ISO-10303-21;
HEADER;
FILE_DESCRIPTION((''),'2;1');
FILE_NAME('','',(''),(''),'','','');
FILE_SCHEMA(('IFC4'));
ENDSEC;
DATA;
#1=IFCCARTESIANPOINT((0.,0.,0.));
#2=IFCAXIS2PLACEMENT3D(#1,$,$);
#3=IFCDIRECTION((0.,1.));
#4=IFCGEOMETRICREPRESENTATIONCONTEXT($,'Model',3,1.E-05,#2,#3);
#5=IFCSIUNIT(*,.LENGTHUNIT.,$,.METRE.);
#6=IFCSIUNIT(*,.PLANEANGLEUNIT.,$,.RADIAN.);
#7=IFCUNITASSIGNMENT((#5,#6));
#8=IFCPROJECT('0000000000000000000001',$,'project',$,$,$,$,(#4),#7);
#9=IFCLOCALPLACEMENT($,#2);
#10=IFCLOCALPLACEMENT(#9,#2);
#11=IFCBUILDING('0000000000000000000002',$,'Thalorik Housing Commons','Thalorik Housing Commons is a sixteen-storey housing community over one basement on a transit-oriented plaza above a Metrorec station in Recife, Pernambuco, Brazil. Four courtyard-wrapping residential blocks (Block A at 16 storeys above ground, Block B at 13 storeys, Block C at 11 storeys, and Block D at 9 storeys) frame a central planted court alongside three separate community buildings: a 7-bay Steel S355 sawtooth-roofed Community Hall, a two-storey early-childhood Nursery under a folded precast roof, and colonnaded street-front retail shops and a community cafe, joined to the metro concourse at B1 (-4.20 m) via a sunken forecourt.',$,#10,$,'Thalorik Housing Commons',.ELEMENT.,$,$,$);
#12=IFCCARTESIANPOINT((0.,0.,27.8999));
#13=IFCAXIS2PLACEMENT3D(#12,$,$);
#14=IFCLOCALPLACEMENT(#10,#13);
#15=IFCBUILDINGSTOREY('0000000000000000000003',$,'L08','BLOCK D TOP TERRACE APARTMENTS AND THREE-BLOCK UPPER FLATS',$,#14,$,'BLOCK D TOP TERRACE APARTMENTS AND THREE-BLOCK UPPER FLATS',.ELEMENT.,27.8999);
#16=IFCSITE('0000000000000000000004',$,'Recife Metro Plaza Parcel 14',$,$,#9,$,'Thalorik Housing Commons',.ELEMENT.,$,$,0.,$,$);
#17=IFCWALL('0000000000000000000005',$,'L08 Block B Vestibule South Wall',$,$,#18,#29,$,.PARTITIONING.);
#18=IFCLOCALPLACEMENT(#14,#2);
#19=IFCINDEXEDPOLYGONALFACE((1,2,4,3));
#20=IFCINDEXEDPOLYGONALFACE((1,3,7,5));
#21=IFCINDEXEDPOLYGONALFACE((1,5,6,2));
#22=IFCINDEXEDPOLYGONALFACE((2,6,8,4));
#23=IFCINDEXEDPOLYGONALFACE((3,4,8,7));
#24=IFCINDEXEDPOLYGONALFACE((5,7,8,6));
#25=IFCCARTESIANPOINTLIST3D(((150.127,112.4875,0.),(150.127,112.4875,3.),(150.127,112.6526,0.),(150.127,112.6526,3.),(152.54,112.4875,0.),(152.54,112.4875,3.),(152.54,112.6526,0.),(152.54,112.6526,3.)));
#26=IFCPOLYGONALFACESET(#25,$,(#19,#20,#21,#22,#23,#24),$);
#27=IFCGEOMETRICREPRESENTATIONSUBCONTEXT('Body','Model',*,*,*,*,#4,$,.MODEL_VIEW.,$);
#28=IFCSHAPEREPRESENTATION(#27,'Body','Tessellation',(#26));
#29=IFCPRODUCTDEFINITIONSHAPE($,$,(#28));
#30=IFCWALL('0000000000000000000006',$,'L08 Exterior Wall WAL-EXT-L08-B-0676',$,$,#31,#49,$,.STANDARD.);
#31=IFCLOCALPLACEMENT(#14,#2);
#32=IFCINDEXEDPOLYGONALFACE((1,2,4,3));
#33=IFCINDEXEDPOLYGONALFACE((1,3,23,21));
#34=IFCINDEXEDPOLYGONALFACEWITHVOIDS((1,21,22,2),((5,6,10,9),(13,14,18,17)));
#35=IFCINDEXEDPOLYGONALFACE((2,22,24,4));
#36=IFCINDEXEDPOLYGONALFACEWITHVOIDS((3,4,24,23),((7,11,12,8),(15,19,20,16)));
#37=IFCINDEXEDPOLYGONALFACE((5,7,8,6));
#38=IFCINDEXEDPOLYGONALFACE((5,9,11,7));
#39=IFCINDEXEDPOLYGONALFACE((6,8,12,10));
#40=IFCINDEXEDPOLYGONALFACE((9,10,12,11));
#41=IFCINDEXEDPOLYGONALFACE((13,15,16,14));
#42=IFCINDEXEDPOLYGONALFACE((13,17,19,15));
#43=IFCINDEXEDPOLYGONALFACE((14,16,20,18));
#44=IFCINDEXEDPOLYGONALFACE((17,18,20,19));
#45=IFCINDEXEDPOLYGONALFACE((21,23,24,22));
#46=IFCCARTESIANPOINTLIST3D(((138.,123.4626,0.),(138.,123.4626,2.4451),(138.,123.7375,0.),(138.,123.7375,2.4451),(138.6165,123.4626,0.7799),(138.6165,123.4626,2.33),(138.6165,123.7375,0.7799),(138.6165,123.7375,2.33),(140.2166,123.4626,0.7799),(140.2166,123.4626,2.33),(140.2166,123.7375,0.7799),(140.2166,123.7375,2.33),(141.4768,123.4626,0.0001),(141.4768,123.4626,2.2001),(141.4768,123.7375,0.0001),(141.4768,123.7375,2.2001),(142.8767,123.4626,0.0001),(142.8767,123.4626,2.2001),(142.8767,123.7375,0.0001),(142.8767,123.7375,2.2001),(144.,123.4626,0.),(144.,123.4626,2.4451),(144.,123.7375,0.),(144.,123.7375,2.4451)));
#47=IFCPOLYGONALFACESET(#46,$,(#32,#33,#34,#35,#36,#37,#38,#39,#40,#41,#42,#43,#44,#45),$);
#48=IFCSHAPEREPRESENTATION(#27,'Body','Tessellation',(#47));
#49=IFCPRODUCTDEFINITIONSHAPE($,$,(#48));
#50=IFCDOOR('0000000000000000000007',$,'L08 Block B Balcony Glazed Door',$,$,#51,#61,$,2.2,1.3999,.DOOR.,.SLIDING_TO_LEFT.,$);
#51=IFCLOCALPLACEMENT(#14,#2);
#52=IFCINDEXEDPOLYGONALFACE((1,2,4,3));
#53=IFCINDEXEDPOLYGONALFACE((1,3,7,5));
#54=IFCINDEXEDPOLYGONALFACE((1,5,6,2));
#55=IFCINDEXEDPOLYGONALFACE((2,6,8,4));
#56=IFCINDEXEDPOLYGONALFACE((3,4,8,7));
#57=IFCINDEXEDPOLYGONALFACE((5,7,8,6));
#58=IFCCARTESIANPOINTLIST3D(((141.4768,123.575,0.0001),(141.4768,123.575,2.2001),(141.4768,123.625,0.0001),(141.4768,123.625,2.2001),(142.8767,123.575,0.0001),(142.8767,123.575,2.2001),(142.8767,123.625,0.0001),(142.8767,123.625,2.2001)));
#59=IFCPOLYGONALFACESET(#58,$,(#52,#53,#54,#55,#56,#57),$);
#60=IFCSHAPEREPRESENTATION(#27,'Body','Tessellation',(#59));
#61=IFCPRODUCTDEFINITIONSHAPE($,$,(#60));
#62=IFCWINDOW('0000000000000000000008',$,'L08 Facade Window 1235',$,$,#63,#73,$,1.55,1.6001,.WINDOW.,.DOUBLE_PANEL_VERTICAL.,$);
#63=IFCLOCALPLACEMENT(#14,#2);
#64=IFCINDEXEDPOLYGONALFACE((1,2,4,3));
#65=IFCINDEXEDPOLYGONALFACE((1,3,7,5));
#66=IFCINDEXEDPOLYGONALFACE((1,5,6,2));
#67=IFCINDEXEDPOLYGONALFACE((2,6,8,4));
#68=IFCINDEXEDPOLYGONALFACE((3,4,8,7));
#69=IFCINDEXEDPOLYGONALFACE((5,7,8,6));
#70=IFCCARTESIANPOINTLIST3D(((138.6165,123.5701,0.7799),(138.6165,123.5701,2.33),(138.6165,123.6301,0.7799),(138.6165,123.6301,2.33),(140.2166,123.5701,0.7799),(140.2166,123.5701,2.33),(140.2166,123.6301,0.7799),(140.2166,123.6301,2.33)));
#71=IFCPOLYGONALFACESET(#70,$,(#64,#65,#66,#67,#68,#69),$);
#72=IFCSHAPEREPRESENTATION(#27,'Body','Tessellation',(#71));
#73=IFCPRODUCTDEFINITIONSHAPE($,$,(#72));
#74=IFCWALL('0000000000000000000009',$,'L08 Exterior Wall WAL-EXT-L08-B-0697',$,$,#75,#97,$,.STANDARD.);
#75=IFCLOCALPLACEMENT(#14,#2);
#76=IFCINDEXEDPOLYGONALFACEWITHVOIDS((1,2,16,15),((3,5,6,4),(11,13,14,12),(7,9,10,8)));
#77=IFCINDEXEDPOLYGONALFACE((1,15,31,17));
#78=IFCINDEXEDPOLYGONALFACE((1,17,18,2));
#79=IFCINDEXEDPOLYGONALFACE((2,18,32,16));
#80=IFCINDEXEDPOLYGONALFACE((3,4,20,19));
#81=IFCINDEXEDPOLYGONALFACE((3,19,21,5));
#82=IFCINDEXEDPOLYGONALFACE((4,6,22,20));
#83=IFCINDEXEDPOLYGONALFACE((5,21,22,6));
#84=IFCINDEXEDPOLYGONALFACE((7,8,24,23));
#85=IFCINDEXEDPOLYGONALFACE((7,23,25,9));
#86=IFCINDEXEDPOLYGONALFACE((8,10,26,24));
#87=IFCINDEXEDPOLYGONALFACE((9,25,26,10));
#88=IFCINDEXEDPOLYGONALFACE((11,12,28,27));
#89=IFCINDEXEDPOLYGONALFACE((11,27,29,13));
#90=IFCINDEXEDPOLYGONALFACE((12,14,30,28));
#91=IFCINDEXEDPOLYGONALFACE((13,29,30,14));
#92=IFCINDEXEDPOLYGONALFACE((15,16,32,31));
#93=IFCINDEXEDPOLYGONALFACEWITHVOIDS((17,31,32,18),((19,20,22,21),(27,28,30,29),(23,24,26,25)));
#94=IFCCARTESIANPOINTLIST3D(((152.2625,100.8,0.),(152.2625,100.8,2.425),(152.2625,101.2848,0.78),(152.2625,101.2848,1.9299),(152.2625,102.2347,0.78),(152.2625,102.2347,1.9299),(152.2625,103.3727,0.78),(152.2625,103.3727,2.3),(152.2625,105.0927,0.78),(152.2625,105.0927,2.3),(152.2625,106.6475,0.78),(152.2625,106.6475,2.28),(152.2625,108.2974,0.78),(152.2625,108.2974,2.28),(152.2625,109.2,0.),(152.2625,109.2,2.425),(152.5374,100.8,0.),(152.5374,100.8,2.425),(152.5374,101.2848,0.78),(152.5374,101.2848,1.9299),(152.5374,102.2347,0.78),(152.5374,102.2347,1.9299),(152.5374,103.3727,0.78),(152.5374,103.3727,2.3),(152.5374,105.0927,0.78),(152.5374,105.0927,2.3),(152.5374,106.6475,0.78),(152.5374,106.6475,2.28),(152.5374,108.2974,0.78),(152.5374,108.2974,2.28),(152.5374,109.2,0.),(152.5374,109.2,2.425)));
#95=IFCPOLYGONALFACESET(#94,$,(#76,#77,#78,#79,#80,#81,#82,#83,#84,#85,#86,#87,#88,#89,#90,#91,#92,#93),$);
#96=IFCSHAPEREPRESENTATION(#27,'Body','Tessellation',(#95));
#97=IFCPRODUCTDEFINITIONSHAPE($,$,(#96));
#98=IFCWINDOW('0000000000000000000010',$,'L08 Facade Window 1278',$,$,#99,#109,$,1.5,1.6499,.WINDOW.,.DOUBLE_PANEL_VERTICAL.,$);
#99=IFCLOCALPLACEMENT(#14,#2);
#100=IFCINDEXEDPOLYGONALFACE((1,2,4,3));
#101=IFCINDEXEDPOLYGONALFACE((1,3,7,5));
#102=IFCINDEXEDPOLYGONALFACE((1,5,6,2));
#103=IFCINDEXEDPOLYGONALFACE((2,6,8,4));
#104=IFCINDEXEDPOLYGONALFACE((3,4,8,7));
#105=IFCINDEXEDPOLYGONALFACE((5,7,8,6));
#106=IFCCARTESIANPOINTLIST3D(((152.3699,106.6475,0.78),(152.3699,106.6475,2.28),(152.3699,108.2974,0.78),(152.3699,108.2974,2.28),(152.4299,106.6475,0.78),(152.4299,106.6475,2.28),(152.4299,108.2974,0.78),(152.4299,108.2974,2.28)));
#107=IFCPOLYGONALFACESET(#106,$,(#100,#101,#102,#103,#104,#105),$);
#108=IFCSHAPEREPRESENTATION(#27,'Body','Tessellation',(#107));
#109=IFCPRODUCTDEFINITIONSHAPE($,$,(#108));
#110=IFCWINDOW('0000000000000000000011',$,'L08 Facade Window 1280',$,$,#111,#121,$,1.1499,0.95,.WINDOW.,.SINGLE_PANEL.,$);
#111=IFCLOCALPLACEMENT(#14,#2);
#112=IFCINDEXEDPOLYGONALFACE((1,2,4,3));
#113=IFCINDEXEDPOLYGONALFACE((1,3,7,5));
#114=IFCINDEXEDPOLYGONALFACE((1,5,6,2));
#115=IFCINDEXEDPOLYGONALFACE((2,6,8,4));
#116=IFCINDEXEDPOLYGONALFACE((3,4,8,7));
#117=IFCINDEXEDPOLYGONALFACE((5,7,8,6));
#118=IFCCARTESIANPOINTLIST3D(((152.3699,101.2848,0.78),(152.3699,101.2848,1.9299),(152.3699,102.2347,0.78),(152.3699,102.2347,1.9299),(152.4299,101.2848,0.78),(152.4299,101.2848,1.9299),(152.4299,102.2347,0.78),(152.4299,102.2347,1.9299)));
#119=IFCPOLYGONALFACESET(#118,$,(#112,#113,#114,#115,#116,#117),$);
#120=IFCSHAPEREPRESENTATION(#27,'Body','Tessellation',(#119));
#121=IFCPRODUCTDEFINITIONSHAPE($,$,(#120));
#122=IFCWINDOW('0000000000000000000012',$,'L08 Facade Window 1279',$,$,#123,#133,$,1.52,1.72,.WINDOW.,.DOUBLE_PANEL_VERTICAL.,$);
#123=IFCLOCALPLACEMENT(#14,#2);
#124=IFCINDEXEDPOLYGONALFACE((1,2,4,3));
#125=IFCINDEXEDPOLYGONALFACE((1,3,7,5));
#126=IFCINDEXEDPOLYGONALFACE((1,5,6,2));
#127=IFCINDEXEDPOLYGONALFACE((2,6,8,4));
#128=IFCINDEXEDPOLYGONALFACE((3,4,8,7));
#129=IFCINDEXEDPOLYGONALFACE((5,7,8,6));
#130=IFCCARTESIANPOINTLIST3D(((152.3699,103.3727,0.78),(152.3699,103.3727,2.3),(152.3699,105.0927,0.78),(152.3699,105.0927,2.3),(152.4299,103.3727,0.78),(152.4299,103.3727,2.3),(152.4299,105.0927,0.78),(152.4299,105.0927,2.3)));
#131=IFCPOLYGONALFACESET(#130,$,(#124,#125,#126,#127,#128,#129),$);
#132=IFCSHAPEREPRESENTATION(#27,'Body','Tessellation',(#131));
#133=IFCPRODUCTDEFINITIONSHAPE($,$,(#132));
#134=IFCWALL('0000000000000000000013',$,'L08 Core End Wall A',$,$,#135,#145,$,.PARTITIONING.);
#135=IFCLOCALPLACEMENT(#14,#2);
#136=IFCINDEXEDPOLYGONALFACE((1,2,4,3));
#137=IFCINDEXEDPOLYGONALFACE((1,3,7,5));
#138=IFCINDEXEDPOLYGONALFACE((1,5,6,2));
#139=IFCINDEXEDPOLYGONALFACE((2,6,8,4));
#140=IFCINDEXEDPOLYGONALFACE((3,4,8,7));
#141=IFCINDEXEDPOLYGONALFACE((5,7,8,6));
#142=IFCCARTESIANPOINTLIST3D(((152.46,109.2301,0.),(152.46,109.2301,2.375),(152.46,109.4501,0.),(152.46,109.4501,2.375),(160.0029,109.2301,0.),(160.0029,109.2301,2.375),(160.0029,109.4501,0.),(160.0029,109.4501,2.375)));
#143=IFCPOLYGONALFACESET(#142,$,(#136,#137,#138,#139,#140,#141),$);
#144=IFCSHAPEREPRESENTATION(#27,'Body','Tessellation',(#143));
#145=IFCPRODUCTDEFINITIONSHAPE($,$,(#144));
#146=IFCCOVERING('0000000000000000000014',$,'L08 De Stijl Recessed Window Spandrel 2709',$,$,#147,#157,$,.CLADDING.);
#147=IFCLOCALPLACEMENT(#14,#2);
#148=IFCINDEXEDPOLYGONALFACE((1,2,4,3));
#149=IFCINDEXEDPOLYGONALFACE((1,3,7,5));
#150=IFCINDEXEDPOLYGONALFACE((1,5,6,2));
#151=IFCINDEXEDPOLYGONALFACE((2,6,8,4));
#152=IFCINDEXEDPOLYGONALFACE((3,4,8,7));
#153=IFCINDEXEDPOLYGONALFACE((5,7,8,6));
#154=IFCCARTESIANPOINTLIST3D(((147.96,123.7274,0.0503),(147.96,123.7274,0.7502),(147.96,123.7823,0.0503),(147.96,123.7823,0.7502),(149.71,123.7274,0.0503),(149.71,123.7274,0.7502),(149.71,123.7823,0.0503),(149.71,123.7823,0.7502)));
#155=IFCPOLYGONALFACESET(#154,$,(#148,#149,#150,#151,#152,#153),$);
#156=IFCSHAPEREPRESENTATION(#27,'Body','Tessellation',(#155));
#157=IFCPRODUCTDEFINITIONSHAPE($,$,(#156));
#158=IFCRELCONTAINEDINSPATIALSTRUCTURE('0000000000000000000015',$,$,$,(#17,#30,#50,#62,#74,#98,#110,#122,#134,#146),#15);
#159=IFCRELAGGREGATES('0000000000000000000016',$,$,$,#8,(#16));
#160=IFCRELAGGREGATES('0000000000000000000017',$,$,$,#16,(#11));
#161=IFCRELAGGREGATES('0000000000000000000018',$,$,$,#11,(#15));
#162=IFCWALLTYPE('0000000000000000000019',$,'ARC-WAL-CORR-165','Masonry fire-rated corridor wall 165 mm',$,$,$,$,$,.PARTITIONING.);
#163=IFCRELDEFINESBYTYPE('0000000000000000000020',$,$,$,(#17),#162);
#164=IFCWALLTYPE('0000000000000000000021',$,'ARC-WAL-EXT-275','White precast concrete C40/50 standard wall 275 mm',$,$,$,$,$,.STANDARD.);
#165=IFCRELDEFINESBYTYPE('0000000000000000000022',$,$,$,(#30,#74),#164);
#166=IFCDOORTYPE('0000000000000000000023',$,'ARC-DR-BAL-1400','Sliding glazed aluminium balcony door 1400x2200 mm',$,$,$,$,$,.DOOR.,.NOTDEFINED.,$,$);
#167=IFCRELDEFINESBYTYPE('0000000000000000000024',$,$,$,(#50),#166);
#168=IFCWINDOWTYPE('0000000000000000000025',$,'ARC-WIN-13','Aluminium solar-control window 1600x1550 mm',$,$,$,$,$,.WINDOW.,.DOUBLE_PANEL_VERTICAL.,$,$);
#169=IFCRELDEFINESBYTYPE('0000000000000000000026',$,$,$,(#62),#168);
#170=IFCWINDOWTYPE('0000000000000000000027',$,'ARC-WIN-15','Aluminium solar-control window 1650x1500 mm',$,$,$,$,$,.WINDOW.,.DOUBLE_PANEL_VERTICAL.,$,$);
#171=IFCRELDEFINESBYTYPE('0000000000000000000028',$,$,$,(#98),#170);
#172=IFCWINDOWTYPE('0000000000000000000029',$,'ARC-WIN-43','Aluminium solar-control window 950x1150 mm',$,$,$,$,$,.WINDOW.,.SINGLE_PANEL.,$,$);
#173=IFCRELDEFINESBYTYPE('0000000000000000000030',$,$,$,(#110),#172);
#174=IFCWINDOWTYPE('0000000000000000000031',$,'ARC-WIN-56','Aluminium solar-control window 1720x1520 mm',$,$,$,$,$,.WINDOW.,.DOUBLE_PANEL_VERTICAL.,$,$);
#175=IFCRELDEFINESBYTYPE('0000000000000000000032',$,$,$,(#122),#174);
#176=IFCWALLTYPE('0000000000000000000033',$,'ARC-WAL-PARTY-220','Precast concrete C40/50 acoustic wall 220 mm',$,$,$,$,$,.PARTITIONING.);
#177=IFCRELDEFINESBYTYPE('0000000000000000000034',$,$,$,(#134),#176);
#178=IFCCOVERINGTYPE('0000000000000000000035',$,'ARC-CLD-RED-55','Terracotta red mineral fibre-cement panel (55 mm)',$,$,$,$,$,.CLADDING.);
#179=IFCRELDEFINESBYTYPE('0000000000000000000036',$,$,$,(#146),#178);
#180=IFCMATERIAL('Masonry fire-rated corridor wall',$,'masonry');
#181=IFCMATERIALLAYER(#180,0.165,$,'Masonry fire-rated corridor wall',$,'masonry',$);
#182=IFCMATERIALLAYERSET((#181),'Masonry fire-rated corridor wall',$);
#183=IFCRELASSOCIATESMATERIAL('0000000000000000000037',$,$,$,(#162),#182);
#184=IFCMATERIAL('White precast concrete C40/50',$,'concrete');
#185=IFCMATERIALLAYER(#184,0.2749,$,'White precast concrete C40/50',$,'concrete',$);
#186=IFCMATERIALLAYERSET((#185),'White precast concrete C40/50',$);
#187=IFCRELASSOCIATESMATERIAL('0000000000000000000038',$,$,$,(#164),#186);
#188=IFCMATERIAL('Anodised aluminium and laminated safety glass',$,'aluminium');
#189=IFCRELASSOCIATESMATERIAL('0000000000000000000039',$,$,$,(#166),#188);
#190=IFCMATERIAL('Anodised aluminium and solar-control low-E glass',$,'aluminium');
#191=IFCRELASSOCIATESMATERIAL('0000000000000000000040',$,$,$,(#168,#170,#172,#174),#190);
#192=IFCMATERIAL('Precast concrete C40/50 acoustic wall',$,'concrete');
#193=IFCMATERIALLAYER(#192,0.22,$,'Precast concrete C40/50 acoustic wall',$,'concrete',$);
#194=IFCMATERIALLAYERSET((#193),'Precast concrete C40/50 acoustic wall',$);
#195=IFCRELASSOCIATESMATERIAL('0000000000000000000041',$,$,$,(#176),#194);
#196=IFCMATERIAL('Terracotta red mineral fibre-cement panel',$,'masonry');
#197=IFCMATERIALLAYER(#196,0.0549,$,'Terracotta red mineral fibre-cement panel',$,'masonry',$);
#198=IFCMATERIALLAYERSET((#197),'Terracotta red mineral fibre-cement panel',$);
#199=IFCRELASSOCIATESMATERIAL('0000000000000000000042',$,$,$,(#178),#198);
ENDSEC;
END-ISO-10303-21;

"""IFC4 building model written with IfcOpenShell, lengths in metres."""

from ifc_helpers import new_model, si_unit, direction, frame, frame_2d, origin, origin_2d, place, context, subcontext, project, spatial, rectangle, extrude, material, layer, layer_set, type_object, element, fill, save


model = new_model("IFC4")

# Units and contexts
model_context = context("Model", 3, precision=1e-05, world=origin(), true_north=direction((0.0, 1.0)))
body_context = subcontext(model_context, "Body", "Model", "MODEL_VIEW")
ifc_project = project(units=[si_unit("LENGTHUNIT", "METRE"), si_unit("PLANEANGLEUNIT", "RADIAN")], contexts=[model_context])

# Site, building, storey
site_placement = place(None, origin())
site = spatial("IfcSite", under=ifc_project, at=site_placement, Name="Recife Metro Plaza Parcel 14", LongName="Thalorik Housing Commons", CompositionType="ELEMENT", RefElevation=0.0)
building_placement = place(site_placement, origin())
building = spatial("IfcBuilding", under=site, at=building_placement, Name="Thalorik Housing Commons", Description="Thalorik Housing Commons is a sixteen-storey housing community over one basement on a transit-oriented plaza above a Metrorec station in Recife, Pernambuco, Brazil. Four courtyard-wrapping residential blocks (Block A at 16 storeys above ground, Block B at 13 storeys, Block C at 11 storeys, and Block D at 9 storeys) frame a central planted court alongside three separate community buildings: a 7-bay Steel S355 sawtooth-roofed Community Hall, a two-storey early-childhood Nursery under a folded precast roof, and colonnaded street-front retail shops and a community cafe, joined to the metro concourse at B1 (-4.20 m) via a sunken forecourt.", LongName="Thalorik Housing Commons", CompositionType="ELEMENT")
storey_placement = place(building_placement, frame((0.0, 0.0, 27.8999)))
storey = spatial("IfcBuildingStorey", under=building, at=storey_placement, Name="L08", Description="BLOCK D TOP TERRACE APARTMENTS AND THREE-BLOCK UPPER FLATS", LongName="BLOCK D TOP TERRACE APARTMENTS AND THREE-BLOCK UPPER FLATS", CompositionType="ELEMENT", Elevation=27.8999)

# Wall
ifc_material_1 = material(Name="Masonry fire-rated corridor wall", Category="masonry")
ifc_layer_1 = layer(ifc_material_1, 0.165, Name="Masonry fire-rated corridor wall", Category="masonry")
ifc_layer_set_1 = layer_set([ifc_layer_1], Name="Masonry fire-rated corridor wall")
wall_type_1 = type_object("IfcWallType", Name="ARC-WAL-CORR-165", Description="Masonry fire-rated corridor wall 165 mm", PredefinedType="PARTITIONING", material=ifc_layer_set_1)
wall_1_placement = place(storey_placement, frame((150.127, 112.5701, 0.0), z_axis=(0.0, 0.0, 1.0), x_axis=(1.0, 0.0, 0.0)))
element("IfcWall", 1, at=wall_1_placement, inside=storey, type_object=wall_type_1, Name="L08 Block B Vestibule South Wall", PredefinedType="PARTITIONING", context=body_context, shape_type="SweptSolid", body=[
    extrude(rectangle(XDim=2.4131, YDim=0.165, at=frame_2d((1.2065, 0.0))), origin(), (0.0, 0.0, 1.0), 3.0),
])

# Shared definitions
ifc_material_2 = material(Name="White precast concrete C40/50", Category="concrete")
ifc_layer_2 = layer(ifc_material_2, 0.2749, Name="White precast concrete C40/50", Category="concrete")
ifc_layer_set_2 = layer_set([ifc_layer_2], Name="White precast concrete C40/50")
wall_type_2 = type_object("IfcWallType", Name="ARC-WAL-EXT-275", Description="White precast concrete C40/50 standard wall 275 mm", PredefinedType="STANDARD", material=ifc_layer_set_2)
ifc_material_3 = material(Name="Anodised aluminium and laminated safety glass", Category="aluminium")
ifc_material_4 = material(Name="Anodised aluminium and solar-control low-E glass", Category="aluminium")

# Wall, openings, door, window
wall_2_placement = place(storey_placement, frame((144.0, 123.6001, 0.0), z_axis=(0.0, 0.0, 1.0), x_axis=(-1.0, 0.0, 0.0)))
wall_2 = element("IfcWall", 2, at=wall_2_placement, inside=storey, type_object=wall_type_2, Name="L08 Exterior Wall WAL-EXT-L08-B-0676", PredefinedType="STANDARD", context=body_context, shape_type="SweptSolid", body=[
    extrude(rectangle(XDim=6.0, YDim=0.2749, at=frame_2d((3.0, 0.0))), origin(), (0.0, 0.0, 1.0), 2.4451),
])
opening_1_placement = place(wall_2_placement, frame((1.1233, 0.0, 0.0)))
opening_1 = element("IfcOpeningElement", 3, at=opening_1_placement, cuts=wall_2, PredefinedType="OPENING", context=body_context, shape_type="SweptSolid", body=[
    extrude(rectangle(XDim=1.3999, YDim=2.2, at=frame_2d((0.7, 1.1001))), frame((0.0, 0.1475, 0.0), z_axis=(0.0, -1.0, 0.0), x_axis=(1.0, 0.0, 0.0)), (0.0, 0.0, 1.0), 0.2949),
])
opening_2_placement = place(wall_2_placement, frame((3.7834, 0.0, 0.78)))
opening_2 = element("IfcOpeningElement", 4, at=opening_2_placement, cuts=wall_2, PredefinedType="OPENING", context=body_context, shape_type="SweptSolid", body=[
    extrude(rectangle(XDim=1.6001, YDim=1.55, at=frame_2d((0.8, 0.7749))), frame((0.0, 0.1475, 0.0), z_axis=(0.0, -1.0, 0.0), x_axis=(1.0, 0.0, 0.0)), (0.0, 0.0, 1.0), 0.2949),
])
door_type_1 = type_object("IfcDoorType", Name="ARC-DR-BAL-1400", Description="Sliding glazed aluminium balcony door 1400x2200 mm", OperationType="NOTDEFINED", PredefinedType="DOOR", material=ifc_material_3)
door_1_placement = place(opening_1_placement, frame((1.3999, 0.0, 0.0), z_axis=(0.0, 0.0, 1.0), x_axis=(-1.0, 0.0, 0.0)))
door_1 = element("IfcDoor", 5, at=door_1_placement, inside=storey, type_object=door_type_1, Name="L08 Block B Balcony Glazed Door", OperationType="SLIDING_TO_LEFT", OverallHeight=2.2, OverallWidth=1.3999, PredefinedType="DOOR", context=body_context, shape_type="SweptSolid", body=[
    extrude(rectangle(XDim=1.3999, YDim=2.2, at=frame_2d((0.7, 1.1001))), frame((0.0, 0.0249, 0.0), z_axis=(0.0, -1.0, 0.0), x_axis=(1.0, 0.0, 0.0)), (0.0, 0.0, 1.0), 0.05),
])
fill(opening_1, door_1)
window_type_1 = type_object("IfcWindowType", Name="ARC-WIN-13", Description="Aluminium solar-control window 1600x1550 mm", PartitioningType="DOUBLE_PANEL_VERTICAL", PredefinedType="WINDOW", material=ifc_material_4)
window_1_placement = place(opening_2_placement, origin())
window_1 = element("IfcWindow", 6, at=window_1_placement, inside=storey, type_object=window_type_1, Name="L08 Facade Window 1235", OverallHeight=1.55, OverallWidth=1.6001, PartitioningType="DOUBLE_PANEL_VERTICAL", PredefinedType="WINDOW", context=body_context, shape_type="SweptSolid", body=[
    extrude(rectangle(XDim=1.6001, YDim=1.55, at=frame_2d((0.8, 0.7749))), frame((0.0, 0.03, 0.0), z_axis=(0.0, -1.0, 0.0), x_axis=(1.0, 0.0, 0.0)), (0.0, 0.0, 1.0), 0.0601),
])
fill(opening_2, window_1)

# Wall, openings, windows
wall_3_placement = place(storey_placement, frame((152.3999, 109.2, 0.0), z_axis=(0.0, 0.0, 1.0), x_axis=(0.0, -1.0, 0.0)))
wall_3 = element("IfcWall", 7, at=wall_3_placement, inside=storey, type_object=wall_type_2, Name="L08 Exterior Wall WAL-EXT-L08-B-0697", PredefinedType="STANDARD", context=body_context, shape_type="SweptSolid", body=[
    extrude(rectangle(XDim=8.3999, YDim=0.2749, at=frame_2d((4.2, 0.0))), origin(), (0.0, 0.0, 1.0), 2.425),
])
opening_3_placement = place(wall_3_placement, frame((0.9026, 0.0, 0.78)))
opening_3 = element("IfcOpeningElement", 8, at=opening_3_placement, cuts=wall_3, PredefinedType="OPENING", context=body_context, shape_type="SweptSolid", body=[
    extrude(rectangle(XDim=1.6499, YDim=1.5, at=frame_2d((0.825, 0.75))), frame((0.0, 0.1475, 0.0), z_axis=(0.0, -1.0, 0.0), x_axis=(1.0, 0.0, 0.0)), (0.0, 0.0, 1.0), 0.2949),
])
opening_4_placement = place(wall_3_placement, frame((4.1074, 0.0, 0.78)))
opening_4 = element("IfcOpeningElement", 9, at=opening_4_placement, cuts=wall_3, PredefinedType="OPENING", context=body_context, shape_type="SweptSolid", body=[
    extrude(rectangle(XDim=1.72, YDim=1.52, at=frame_2d((0.8599, 0.76))), frame((0.0, 0.1475, 0.0), z_axis=(0.0, -1.0, 0.0), x_axis=(1.0, 0.0, 0.0)), (0.0, 0.0, 1.0), 0.2949),
])
opening_5_placement = place(wall_3_placement, frame((6.9651, 0.0, 0.78)))
opening_5 = element("IfcOpeningElement", 10, at=opening_5_placement, cuts=wall_3, PredefinedType="OPENING", context=body_context, shape_type="SweptSolid", body=[
    extrude(rectangle(XDim=0.95, YDim=1.1499, at=frame_2d((0.4751, 0.575))), frame((0.0, 0.1475, 0.0), z_axis=(0.0, -1.0, 0.0), x_axis=(1.0, 0.0, 0.0)), (0.0, 0.0, 1.0), 0.2949),
])
window_type_2 = type_object("IfcWindowType", Name="ARC-WIN-15", Description="Aluminium solar-control window 1650x1500 mm", PartitioningType="DOUBLE_PANEL_VERTICAL", PredefinedType="WINDOW", material=ifc_material_4)
window_2_placement = place(opening_3_placement, origin())
window_2 = element("IfcWindow", 11, at=window_2_placement, inside=storey, type_object=window_type_2, Name="L08 Facade Window 1278", OverallHeight=1.5, OverallWidth=1.6499, PartitioningType="DOUBLE_PANEL_VERTICAL", PredefinedType="WINDOW", context=body_context, shape_type="SweptSolid", body=[
    extrude(rectangle(XDim=1.6499, YDim=1.5, at=frame_2d((0.825, 0.75))), frame((0.0, 0.03, 0.0), z_axis=(0.0, -1.0, 0.0), x_axis=(1.0, 0.0, 0.0)), (0.0, 0.0, 1.0), 0.0601),
])
fill(opening_3, window_2)
window_type_3 = type_object("IfcWindowType", Name="ARC-WIN-43", Description="Aluminium solar-control window 950x1150 mm", PartitioningType="SINGLE_PANEL", PredefinedType="WINDOW", material=ifc_material_4)
window_3_placement = place(opening_5_placement, origin())
window_3 = element("IfcWindow", 12, at=window_3_placement, inside=storey, type_object=window_type_3, Name="L08 Facade Window 1280", OverallHeight=1.1499, OverallWidth=0.95, PartitioningType="SINGLE_PANEL", PredefinedType="WINDOW", context=body_context, shape_type="SweptSolid", body=[
    extrude(rectangle(XDim=0.95, YDim=1.1499, at=frame_2d((0.4751, 0.575))), frame((0.0, 0.03, 0.0), z_axis=(0.0, -1.0, 0.0), x_axis=(1.0, 0.0, 0.0)), (0.0, 0.0, 1.0), 0.0601),
])
fill(opening_5, window_3)
window_type_4 = type_object("IfcWindowType", Name="ARC-WIN-56", Description="Aluminium solar-control window 1720x1520 mm", PartitioningType="DOUBLE_PANEL_VERTICAL", PredefinedType="WINDOW", material=ifc_material_4)
window_4_placement = place(opening_4_placement, origin())
window_4 = element("IfcWindow", 13, at=window_4_placement, inside=storey, type_object=window_type_4, Name="L08 Facade Window 1279", OverallHeight=1.52, OverallWidth=1.72, PartitioningType="DOUBLE_PANEL_VERTICAL", PredefinedType="WINDOW", context=body_context, shape_type="SweptSolid", body=[
    extrude(rectangle(XDim=1.72, YDim=1.52, at=frame_2d((0.8599, 0.76))), frame((0.0, 0.03, 0.0), z_axis=(0.0, -1.0, 0.0), x_axis=(1.0, 0.0, 0.0)), (0.0, 0.0, 1.0), 0.0601),
])
fill(opening_4, window_4)

# Wall
ifc_material_5 = material(Name="Precast concrete C40/50 acoustic wall", Category="concrete")
ifc_layer_3 = layer(ifc_material_5, 0.22, Name="Precast concrete C40/50 acoustic wall", Category="concrete")
ifc_layer_set_3 = layer_set([ifc_layer_3], Name="Precast concrete C40/50 acoustic wall")
wall_type_3 = type_object("IfcWallType", Name="ARC-WAL-PARTY-220", Description="Precast concrete C40/50 acoustic wall 220 mm", PredefinedType="PARTITIONING", material=ifc_layer_set_3)
wall_4_placement = place(storey_placement, frame((152.46, 109.3401, 0.0), z_axis=(0.0, 0.0, 1.0), x_axis=(1.0, 0.0, 0.0)))
element("IfcWall", 14, at=wall_4_placement, inside=storey, type_object=wall_type_3, Name="L08 Core End Wall A", PredefinedType="PARTITIONING", context=body_context, shape_type="SweptSolid", body=[
    extrude(rectangle(XDim=7.543, YDim=0.22, at=frame_2d((3.7715, 0.0))), origin(), (0.0, 0.0, 1.0), 2.375),
])

# Covering
ifc_material_6 = material(Name="Terracotta red mineral fibre-cement panel", Category="masonry")
ifc_layer_4 = layer(ifc_material_6, 0.0549, Name="Terracotta red mineral fibre-cement panel", Category="masonry")
ifc_layer_set_4 = layer_set([ifc_layer_4], Name="Terracotta red mineral fibre-cement panel")
covering_type_1 = type_object("IfcCoveringType", Name="ARC-CLD-RED-55", Description="Terracotta red mineral fibre-cement panel (55 mm)", PredefinedType="CLADDING", material=ifc_layer_set_4)
covering_1_placement = place(storey_placement, frame((148.835, 123.7549, 0.0503), z_axis=(0.0, 0.0, 1.0), x_axis=(-1.0, 0.0, 0.0)))
element("IfcCovering", 15, at=covering_1_placement, inside=storey, type_object=covering_type_1, Name="L08 De Stijl Recessed Window Spandrel 2709", PredefinedType="CLADDING", context=body_context, shape_type="SweptSolid", body=[
    extrude(rectangle(XDim=1.75, YDim=0.0549, at=origin_2d()), origin(), (0.0, 0.0, 1.0), 0.7),
])

save(model, "model.ifc")
